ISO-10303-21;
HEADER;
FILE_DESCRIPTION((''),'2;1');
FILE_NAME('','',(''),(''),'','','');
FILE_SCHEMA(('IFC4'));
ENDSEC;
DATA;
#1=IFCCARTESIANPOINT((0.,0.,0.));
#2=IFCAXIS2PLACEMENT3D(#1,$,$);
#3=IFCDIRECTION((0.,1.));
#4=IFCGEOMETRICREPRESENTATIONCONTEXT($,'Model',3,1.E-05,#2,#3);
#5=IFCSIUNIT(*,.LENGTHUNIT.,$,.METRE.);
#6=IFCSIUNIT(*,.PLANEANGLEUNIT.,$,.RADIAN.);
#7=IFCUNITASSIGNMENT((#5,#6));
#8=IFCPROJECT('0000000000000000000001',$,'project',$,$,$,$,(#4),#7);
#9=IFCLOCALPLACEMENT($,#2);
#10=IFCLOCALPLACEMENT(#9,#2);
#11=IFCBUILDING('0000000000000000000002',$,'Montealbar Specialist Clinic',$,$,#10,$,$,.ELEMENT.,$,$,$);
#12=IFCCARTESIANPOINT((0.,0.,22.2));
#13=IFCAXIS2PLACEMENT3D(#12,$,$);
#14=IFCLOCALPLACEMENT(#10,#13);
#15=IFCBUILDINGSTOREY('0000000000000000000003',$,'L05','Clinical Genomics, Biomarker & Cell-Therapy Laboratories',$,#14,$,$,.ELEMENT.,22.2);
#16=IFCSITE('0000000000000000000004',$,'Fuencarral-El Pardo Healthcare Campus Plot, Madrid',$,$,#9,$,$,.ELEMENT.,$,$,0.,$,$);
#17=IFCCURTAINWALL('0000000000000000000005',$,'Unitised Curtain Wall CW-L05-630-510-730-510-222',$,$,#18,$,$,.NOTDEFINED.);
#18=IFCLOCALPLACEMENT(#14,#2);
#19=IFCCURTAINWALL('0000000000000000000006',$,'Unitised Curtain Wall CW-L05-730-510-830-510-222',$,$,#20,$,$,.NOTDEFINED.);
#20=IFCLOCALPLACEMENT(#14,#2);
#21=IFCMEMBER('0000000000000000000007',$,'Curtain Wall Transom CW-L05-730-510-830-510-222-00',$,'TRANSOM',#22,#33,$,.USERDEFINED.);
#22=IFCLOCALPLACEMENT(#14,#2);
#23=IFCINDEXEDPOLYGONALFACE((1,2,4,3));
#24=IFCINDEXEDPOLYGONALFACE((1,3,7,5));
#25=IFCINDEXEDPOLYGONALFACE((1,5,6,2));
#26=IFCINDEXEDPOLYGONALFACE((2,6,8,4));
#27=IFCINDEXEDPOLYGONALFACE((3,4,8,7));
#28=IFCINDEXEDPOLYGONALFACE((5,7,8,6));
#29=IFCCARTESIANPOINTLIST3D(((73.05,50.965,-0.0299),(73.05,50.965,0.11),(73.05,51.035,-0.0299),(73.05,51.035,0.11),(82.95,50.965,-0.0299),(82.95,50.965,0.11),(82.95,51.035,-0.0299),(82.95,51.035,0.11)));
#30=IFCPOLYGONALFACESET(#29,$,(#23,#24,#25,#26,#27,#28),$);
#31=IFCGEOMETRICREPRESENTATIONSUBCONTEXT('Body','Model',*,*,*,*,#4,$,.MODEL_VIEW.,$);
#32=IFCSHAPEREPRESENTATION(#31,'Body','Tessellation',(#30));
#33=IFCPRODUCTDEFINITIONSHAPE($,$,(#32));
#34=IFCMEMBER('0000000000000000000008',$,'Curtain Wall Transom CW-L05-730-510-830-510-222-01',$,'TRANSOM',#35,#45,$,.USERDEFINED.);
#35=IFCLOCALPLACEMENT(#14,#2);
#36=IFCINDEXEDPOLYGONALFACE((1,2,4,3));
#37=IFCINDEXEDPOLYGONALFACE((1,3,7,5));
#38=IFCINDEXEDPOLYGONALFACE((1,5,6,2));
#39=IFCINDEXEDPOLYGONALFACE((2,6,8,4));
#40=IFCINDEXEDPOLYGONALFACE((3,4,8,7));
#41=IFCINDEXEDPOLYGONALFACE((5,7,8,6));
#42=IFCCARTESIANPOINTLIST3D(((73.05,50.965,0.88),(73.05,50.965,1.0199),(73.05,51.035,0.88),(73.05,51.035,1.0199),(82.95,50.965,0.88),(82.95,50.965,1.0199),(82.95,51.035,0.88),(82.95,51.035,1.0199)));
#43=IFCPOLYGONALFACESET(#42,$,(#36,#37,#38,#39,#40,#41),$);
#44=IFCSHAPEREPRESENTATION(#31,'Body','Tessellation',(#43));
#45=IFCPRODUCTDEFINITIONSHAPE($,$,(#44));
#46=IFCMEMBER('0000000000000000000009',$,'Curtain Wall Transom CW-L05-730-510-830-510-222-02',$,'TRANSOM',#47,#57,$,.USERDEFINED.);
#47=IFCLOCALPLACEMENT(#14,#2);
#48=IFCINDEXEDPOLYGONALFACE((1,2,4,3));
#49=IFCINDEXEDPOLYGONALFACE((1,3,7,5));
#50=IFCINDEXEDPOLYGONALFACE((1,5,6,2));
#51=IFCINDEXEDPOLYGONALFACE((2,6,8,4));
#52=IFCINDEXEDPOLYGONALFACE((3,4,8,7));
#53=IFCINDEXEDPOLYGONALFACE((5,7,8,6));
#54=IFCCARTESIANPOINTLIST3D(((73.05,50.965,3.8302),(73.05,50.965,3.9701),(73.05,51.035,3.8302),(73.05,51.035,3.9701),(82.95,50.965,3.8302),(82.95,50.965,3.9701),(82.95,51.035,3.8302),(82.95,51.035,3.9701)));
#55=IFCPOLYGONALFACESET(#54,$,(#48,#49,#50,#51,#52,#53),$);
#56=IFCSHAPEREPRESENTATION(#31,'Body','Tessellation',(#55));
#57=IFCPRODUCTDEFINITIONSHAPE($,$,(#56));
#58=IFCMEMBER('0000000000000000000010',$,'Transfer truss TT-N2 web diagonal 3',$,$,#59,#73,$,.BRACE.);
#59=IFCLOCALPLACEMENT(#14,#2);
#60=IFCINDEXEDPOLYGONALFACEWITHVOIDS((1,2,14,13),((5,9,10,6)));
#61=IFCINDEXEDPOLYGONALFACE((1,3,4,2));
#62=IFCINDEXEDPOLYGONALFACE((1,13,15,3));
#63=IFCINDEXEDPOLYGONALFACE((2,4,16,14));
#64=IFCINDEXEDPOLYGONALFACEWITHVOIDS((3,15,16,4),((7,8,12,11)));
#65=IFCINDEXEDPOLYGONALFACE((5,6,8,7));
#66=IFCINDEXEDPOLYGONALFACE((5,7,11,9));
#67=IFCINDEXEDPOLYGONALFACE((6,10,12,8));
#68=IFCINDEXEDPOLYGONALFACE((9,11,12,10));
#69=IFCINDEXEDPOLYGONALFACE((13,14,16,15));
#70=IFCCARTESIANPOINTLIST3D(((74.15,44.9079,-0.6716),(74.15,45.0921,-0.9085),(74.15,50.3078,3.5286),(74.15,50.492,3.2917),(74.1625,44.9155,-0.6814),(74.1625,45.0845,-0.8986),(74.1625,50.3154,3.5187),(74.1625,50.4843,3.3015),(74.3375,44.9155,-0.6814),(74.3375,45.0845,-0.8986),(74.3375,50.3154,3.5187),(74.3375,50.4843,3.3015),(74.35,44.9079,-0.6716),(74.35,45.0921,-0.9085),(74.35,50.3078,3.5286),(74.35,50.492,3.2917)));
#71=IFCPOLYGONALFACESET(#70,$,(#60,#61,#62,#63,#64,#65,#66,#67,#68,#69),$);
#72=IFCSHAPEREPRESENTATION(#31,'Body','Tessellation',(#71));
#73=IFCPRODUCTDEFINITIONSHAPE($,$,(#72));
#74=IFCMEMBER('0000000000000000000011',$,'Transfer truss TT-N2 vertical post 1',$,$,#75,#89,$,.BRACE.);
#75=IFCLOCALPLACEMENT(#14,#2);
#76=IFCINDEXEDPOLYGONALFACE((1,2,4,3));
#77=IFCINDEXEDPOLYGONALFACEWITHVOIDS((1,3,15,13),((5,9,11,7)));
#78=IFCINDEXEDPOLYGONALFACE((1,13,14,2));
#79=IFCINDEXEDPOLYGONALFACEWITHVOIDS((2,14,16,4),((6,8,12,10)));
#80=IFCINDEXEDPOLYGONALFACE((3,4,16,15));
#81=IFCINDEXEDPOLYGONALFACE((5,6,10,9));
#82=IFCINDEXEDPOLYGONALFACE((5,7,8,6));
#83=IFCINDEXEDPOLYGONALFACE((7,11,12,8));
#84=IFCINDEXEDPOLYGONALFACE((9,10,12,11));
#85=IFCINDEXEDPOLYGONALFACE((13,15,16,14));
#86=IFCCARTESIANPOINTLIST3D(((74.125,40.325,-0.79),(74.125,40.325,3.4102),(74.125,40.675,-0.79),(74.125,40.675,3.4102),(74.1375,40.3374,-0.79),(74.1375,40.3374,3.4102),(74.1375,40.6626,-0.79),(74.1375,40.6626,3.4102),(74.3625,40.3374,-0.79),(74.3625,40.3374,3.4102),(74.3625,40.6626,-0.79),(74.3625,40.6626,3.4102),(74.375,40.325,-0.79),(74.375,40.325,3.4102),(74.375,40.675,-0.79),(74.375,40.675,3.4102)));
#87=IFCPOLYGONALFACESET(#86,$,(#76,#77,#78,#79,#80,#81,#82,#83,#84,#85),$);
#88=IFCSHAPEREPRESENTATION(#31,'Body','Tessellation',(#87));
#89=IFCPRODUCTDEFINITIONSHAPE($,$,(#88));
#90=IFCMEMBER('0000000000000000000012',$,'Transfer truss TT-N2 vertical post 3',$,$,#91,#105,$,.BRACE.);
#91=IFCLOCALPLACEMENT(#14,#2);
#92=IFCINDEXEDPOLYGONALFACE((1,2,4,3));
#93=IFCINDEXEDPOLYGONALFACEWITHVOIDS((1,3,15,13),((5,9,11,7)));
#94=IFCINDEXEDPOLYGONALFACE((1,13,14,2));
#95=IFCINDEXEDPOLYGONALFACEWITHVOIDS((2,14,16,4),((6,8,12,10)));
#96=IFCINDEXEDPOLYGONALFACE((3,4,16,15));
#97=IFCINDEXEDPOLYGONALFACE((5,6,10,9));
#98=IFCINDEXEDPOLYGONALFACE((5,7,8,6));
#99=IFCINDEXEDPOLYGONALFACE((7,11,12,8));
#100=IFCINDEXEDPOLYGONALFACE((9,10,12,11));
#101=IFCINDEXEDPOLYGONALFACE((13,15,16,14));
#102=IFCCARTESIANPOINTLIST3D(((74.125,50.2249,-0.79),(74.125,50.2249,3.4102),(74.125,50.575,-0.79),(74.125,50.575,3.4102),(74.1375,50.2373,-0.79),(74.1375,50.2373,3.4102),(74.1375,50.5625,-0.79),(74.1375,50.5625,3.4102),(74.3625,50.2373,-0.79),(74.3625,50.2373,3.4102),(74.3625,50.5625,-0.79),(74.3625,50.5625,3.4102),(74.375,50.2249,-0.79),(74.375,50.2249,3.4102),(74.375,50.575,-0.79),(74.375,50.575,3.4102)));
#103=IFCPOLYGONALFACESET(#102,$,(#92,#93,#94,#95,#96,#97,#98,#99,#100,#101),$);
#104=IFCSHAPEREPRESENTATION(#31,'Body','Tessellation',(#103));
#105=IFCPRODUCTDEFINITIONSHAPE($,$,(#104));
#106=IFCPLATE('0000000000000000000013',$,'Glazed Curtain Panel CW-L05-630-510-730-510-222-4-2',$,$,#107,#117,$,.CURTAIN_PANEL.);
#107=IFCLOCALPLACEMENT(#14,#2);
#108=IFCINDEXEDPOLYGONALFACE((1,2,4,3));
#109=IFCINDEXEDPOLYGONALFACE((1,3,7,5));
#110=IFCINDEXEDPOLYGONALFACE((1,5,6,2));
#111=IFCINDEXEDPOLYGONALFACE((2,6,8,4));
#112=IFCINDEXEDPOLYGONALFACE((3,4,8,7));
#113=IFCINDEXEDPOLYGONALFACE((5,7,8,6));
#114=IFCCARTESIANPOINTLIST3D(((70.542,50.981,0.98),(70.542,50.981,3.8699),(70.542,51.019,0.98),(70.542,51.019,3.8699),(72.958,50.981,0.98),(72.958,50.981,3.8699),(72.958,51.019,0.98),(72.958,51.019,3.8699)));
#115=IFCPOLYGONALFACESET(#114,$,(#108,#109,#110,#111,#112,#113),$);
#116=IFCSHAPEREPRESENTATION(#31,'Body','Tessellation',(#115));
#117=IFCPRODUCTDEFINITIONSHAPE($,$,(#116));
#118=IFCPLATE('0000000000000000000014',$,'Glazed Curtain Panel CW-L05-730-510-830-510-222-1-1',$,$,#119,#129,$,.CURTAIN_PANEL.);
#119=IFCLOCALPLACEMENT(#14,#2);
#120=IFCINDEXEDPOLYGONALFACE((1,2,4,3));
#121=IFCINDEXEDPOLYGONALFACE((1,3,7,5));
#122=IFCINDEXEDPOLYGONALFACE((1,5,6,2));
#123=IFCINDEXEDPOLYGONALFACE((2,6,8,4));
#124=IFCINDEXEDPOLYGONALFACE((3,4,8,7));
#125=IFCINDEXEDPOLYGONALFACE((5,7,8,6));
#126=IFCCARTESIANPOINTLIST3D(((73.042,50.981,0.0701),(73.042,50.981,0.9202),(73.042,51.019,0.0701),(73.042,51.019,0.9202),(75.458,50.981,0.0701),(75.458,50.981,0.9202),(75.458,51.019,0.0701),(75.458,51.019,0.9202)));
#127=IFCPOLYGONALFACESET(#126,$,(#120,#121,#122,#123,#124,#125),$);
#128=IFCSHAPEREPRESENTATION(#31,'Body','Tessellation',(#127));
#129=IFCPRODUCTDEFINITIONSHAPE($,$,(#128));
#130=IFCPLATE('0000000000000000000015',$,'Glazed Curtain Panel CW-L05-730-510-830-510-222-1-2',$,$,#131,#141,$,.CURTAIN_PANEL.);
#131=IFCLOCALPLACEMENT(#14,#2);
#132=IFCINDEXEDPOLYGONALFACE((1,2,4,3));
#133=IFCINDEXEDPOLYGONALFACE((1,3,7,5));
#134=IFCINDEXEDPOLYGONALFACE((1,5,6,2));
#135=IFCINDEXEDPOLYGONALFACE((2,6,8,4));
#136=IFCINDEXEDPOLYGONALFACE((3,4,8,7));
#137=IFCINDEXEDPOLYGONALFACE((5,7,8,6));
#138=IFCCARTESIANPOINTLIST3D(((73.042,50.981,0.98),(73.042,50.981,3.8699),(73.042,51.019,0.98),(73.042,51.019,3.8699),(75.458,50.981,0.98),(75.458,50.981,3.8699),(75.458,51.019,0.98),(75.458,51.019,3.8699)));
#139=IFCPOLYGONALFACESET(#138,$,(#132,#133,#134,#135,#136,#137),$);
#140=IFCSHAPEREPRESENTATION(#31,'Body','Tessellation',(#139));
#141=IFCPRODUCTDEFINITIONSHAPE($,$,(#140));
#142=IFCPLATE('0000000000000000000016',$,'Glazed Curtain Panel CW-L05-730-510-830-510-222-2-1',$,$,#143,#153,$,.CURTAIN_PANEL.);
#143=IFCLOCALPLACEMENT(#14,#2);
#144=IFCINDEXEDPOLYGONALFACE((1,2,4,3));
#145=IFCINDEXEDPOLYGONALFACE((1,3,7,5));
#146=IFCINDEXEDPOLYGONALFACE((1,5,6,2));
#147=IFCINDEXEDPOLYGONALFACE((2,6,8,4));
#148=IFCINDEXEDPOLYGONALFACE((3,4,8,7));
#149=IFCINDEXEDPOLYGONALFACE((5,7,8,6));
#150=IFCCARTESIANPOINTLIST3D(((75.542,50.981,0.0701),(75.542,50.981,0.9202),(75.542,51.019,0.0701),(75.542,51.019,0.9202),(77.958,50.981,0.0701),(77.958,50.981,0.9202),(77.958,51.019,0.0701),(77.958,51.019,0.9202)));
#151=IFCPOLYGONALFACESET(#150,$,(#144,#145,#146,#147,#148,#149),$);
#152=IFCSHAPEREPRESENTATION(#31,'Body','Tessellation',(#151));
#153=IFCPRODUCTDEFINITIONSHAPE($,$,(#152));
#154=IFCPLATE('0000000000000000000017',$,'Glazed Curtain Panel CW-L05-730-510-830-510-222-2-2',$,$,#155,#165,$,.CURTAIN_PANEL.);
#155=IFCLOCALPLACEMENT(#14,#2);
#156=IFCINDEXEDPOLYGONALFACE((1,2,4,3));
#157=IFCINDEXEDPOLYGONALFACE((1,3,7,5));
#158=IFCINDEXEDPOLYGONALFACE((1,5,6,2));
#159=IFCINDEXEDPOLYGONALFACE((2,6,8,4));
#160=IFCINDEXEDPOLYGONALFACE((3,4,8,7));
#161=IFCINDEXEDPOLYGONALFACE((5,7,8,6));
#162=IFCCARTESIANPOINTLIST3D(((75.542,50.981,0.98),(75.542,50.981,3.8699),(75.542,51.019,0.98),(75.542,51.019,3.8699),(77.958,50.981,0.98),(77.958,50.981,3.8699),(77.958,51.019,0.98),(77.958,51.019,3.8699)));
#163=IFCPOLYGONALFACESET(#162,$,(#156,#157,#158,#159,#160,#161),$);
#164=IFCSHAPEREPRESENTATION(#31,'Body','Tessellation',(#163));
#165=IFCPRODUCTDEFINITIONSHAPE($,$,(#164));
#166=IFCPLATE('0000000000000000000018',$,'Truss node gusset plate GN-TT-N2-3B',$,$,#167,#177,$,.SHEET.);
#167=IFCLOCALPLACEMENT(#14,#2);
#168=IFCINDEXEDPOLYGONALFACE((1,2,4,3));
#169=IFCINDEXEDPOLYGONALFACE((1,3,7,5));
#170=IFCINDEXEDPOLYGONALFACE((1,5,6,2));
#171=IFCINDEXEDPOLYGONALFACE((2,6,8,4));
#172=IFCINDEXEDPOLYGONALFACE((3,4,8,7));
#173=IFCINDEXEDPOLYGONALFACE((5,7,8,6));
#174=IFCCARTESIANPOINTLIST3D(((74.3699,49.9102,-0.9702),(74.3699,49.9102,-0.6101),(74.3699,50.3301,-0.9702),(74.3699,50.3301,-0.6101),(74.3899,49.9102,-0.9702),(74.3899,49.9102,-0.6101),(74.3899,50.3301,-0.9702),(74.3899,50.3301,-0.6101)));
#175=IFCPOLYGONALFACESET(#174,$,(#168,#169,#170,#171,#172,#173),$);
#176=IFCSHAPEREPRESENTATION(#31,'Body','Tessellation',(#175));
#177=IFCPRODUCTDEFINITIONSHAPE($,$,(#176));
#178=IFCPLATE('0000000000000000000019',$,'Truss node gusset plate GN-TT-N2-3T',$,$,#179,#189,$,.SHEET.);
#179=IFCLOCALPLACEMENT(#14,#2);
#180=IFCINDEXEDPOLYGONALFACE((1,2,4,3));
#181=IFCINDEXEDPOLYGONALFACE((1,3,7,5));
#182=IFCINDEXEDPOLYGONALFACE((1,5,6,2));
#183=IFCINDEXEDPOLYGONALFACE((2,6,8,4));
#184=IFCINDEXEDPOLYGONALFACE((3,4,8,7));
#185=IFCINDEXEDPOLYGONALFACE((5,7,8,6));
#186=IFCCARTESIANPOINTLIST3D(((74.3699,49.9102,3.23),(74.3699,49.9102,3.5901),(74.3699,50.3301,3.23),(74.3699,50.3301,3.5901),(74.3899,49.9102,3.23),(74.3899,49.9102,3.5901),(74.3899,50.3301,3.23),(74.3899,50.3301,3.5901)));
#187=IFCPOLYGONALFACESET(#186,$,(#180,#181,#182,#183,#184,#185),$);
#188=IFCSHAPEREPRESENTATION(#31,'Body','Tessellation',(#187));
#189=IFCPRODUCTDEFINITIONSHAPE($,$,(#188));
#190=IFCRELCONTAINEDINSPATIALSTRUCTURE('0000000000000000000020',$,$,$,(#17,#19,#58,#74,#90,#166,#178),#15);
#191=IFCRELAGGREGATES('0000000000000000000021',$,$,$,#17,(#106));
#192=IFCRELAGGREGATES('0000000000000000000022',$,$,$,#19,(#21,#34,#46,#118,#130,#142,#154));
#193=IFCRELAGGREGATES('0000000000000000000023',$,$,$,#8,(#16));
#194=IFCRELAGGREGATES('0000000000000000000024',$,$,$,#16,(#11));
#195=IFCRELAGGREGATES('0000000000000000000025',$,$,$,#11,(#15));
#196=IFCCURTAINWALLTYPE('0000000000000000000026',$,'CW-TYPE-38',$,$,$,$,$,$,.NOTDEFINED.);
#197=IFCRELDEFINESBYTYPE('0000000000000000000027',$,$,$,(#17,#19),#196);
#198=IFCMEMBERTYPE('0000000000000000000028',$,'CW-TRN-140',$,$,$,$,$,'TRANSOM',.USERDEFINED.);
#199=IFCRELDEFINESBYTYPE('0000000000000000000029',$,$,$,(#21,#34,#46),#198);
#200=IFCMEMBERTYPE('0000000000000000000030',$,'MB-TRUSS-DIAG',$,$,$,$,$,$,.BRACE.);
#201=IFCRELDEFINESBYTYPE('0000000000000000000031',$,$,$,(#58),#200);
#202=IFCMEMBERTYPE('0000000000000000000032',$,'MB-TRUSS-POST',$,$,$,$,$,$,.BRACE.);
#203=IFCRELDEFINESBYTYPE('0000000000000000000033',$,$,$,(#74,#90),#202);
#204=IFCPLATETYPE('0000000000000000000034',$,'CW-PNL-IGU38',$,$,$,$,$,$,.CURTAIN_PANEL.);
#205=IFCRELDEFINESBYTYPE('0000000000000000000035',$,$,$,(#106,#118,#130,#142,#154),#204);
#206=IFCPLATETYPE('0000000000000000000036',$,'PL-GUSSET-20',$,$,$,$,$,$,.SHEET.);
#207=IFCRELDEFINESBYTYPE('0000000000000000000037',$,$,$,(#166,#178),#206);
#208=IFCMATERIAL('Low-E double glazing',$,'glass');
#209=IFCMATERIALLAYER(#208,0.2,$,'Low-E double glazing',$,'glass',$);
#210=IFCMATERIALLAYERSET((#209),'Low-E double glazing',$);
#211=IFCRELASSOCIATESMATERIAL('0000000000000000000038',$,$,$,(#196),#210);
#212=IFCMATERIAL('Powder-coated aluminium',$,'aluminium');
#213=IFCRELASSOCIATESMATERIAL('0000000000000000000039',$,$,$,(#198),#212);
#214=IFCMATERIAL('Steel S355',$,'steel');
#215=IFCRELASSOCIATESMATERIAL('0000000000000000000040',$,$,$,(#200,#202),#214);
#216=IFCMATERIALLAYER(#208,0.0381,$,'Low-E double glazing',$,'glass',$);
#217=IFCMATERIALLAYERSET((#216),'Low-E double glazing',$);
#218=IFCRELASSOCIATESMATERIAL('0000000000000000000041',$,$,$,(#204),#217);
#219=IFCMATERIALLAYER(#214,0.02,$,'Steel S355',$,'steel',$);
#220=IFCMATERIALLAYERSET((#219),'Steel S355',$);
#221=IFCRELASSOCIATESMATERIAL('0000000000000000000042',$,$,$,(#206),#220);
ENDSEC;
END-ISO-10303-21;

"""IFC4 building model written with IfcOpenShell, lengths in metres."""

from ifc_helpers import new_model, si_unit, direction, frame, origin, origin_2d, place, context, subcontext, project, spatial, rectangle, hollow_rectangle, extrude, material, layer, layer_set, material_profile, profile_set, type_object, element, aggregate, save


model = new_model("IFC4")

# Units and contexts
model_context = context("Model", 3, precision=1e-05, world=origin(), true_north=direction((0.0, 1.0)))
body_context = subcontext(model_context, "Body", "Model", "MODEL_VIEW")
ifc_project = project(units=[si_unit("LENGTHUNIT", "METRE"), si_unit("PLANEANGLEUNIT", "RADIAN")], contexts=[model_context])

# Site, building, storey
site_placement = place(None, origin())
site = spatial("IfcSite", under=ifc_project, at=site_placement, Name="Fuencarral-El Pardo Healthcare Campus Plot, Madrid", CompositionType="ELEMENT", RefElevation=0.0)
building_placement = place(site_placement, origin())
building = spatial("IfcBuilding", under=site, at=building_placement, Name="Montealbar Specialist Clinic", CompositionType="ELEMENT")
storey_placement = place(building_placement, frame((0.0, 0.0, 22.2)))
storey = spatial("IfcBuildingStorey", under=building, at=storey_placement, Name="L05", Description="Clinical Genomics, Biomarker & Cell-Therapy Laboratories", CompositionType="ELEMENT", Elevation=22.2)

# Shared definitions
ifc_material_1 = material(Name="Steel S355", Category="steel")

# Curtain wall
ifc_material_2 = material(Name="Low-E double glazing", Category="glass")
ifc_layer_1 = layer(ifc_material_2, 0.2, Name="Low-E double glazing", Category="glass")
ifc_layer_set_1 = layer_set([ifc_layer_1], Name="Low-E double glazing")
curtain_wall_type = type_object("IfcCurtainWallType", Name="CW-TYPE-38", PredefinedType="NOTDEFINED", material=ifc_layer_set_1)
curtain_wall_1_placement = place(storey_placement, origin())
curtain_wall_1 = element("IfcCurtainWall", 1, at=curtain_wall_1_placement, inside=storey, type_object=curtain_wall_type, Name="Unitised Curtain Wall CW-L05-630-510-730-510-222", PredefinedType="NOTDEFINED")

# Curtain wall, members
curtain_wall_2_placement = place(storey_placement, origin())
curtain_wall_2 = element("IfcCurtainWall", 2, at=curtain_wall_2_placement, inside=storey, type_object=curtain_wall_type, Name="Unitised Curtain Wall CW-L05-730-510-830-510-222", PredefinedType="NOTDEFINED")
ifc_material_3 = material(Name="Powder-coated aluminium", Category="aluminium")
ifc_material_profile_1 = material_profile(ifc_material_3, rectangle(XDim=0.0701, YDim=0.1399, at=origin_2d()), Name="ALU 70x140", Category="aluminium")
ifc_profile_set_1 = profile_set([ifc_material_profile_1], Name="Powder-coated aluminium")
member_type_1 = type_object("IfcMemberType", Name="CW-TRN-140", ElementType="TRANSOM", PredefinedType="USERDEFINED", material=ifc_profile_set_1)
member_1_placement = place(storey_placement, frame((73.05, 51.0, 0.04), z_axis=(1.0, 0.0, 0.0), x_axis=(0.0, 1.0, 0.0)))
member_1 = element("IfcMember", 3, at=member_1_placement, type_object=member_type_1, Name="Curtain Wall Transom CW-L05-730-510-830-510-222-00", ObjectType="TRANSOM", PredefinedType="USERDEFINED", context=body_context, shape_type="SweptSolid", body=[
    extrude(rectangle(XDim=0.0701, YDim=0.1399, at=origin_2d()), origin(), (0.0, 0.0, 1.0), 9.8999),
])
member_2_placement = place(storey_placement, frame((73.05, 51.0, 0.95), z_axis=(1.0, 0.0, 0.0), x_axis=(0.0, 1.0, 0.0)))
member_2 = element("IfcMember", 4, at=member_2_placement, type_object=member_type_1, Name="Curtain Wall Transom CW-L05-730-510-830-510-222-01", ObjectType="TRANSOM", PredefinedType="USERDEFINED", context=body_context, shape_type="SweptSolid", body=[
    extrude(rectangle(XDim=0.0701, YDim=0.1399, at=origin_2d()), origin(), (0.0, 0.0, 1.0), 9.8999),
])
member_3_placement = place(storey_placement, frame((73.05, 51.0, 3.9001), z_axis=(1.0, 0.0, 0.0), x_axis=(0.0, 1.0, 0.0)))
member_3 = element("IfcMember", 5, at=member_3_placement, type_object=member_type_1, Name="Curtain Wall Transom CW-L05-730-510-830-510-222-02", ObjectType="TRANSOM", PredefinedType="USERDEFINED", context=body_context, shape_type="SweptSolid", body=[
    extrude(rectangle(XDim=0.0701, YDim=0.1399, at=origin_2d()), origin(), (0.0, 0.0, 1.0), 9.8999),
])

# Members
ifc_material_profile_2 = material_profile(ifc_material_1, hollow_rectangle(XDim=0.2, YDim=0.3, WallThickness=0.0125, at=origin_2d()), Name="RHS 300x200x12.5", Category="steel")
ifc_profile_set_2 = profile_set([ifc_material_profile_2], Name="Steel S355")
member_type_2 = type_object("IfcMemberType", Name="MB-TRUSS-DIAG", PredefinedType="BRACE", material=ifc_profile_set_2)
member_4_placement = place(storey_placement, frame((74.25, 45.0, -0.79), z_axis=(0.0, 0.789333, 0.613965), x_axis=(-1.0, 0.0, 0.0)))
element("IfcMember", 6, at=member_4_placement, inside=storey, type_object=member_type_2, Name="Transfer truss TT-N2 web diagonal 3", PredefinedType="BRACE", context=body_context, shape_type="SweptSolid", body=[
    extrude(hollow_rectangle(XDim=0.2, YDim=0.3, WallThickness=0.0125, at=origin_2d()), origin(), (0.0, 0.0, 1.0), 6.8411),
])
ifc_material_profile_3 = material_profile(ifc_material_1, hollow_rectangle(XDim=0.25, YDim=0.3501, WallThickness=0.0125, at=origin_2d()), Name="RHS 350x250x12.5", Category="steel")
ifc_profile_set_3 = profile_set([ifc_material_profile_3], Name="Steel S355")
member_type_3 = type_object("IfcMemberType", Name="MB-TRUSS-POST", PredefinedType="BRACE", material=ifc_profile_set_3)
for number, where, z_axis, x_axis, name in (
    (7, (74.25, 40.5, -0.79), (0.0, 0.0, 1.0), (1.0, 0.0, 0.0), "Transfer truss TT-N2 vertical post 1"),
    (8, (74.25, 50.3999, -0.79), (0.0, 0.0, 1.0), (1.0, 0.0, 0.0), "Transfer truss TT-N2 vertical post 3"),
):
    element("IfcMember", number, at=place(storey_placement, frame(where, z_axis=z_axis, x_axis=x_axis)), inside=storey, type_object=member_type_3, Name=name, PredefinedType="BRACE", context=body_context, shape_type="SweptSolid", body=[
        extrude(hollow_rectangle(XDim=0.25, YDim=0.3501, WallThickness=0.0125, at=origin_2d()), origin(), (0.0, 0.0, 1.0), 4.2002),
    ])

# Plates
ifc_layer_2 = layer(ifc_material_2, 0.0381, Name="Low-E double glazing", Category="glass")
ifc_layer_set_2 = layer_set([ifc_layer_2], Name="Low-E double glazing")
plate_type_1 = type_object("IfcPlateType", Name="CW-PNL-IGU38", PredefinedType="CURTAIN_PANEL", material=ifc_layer_set_2)
plate_1_placement = place(storey_placement, frame((71.75, 51.0, 0.98), z_axis=(0.0, 0.0, 1.0), x_axis=(1.0, 0.0, 0.0)))
plate_1 = element("IfcPlate", 9, at=plate_1_placement, type_object=plate_type_1, Name="Glazed Curtain Panel CW-L05-630-510-730-510-222-4-2", PredefinedType="CURTAIN_PANEL", context=body_context, shape_type="SweptSolid", body=[
    extrude(rectangle(XDim=2.416, YDim=0.0381, at=origin_2d()), origin(), (0.0, 0.0, 1.0), 2.8899),
])
aggregate(curtain_wall_1, [plate_1])
plate_2_placement = place(storey_placement, frame((74.25, 51.0, 0.0701), z_axis=(0.0, 0.0, 1.0), x_axis=(1.0, 0.0, 0.0)))
plate_2 = element("IfcPlate", 10, at=plate_2_placement, type_object=plate_type_1, Name="Glazed Curtain Panel CW-L05-730-510-830-510-222-1-1", PredefinedType="CURTAIN_PANEL", context=body_context, shape_type="SweptSolid", body=[
    extrude(rectangle(XDim=2.416, YDim=0.0381, at=origin_2d()), origin(), (0.0, 0.0, 1.0), 0.8501),
])
plate_3_placement = place(storey_placement, frame((74.25, 51.0, 0.98), z_axis=(0.0, 0.0, 1.0), x_axis=(1.0, 0.0, 0.0)))
plate_3 = element("IfcPlate", 11, at=plate_3_placement, type_object=plate_type_1, Name="Glazed Curtain Panel CW-L05-730-510-830-510-222-1-2", PredefinedType="CURTAIN_PANEL", context=body_context, shape_type="SweptSolid", body=[
    extrude(rectangle(XDim=2.416, YDim=0.0381, at=origin_2d()), origin(), (0.0, 0.0, 1.0), 2.8899),
])
plate_4_placement = place(storey_placement, frame((76.75, 51.0, 0.0701), z_axis=(0.0, 0.0, 1.0), x_axis=(1.0, 0.0, 0.0)))
plate_4 = element("IfcPlate", 12, at=plate_4_placement, type_object=plate_type_1, Name="Glazed Curtain Panel CW-L05-730-510-830-510-222-2-1", PredefinedType="CURTAIN_PANEL", context=body_context, shape_type="SweptSolid", body=[
    extrude(rectangle(XDim=2.416, YDim=0.0381, at=origin_2d()), origin(), (0.0, 0.0, 1.0), 0.8501),
])
plate_5_placement = place(storey_placement, frame((76.75, 51.0, 0.98), z_axis=(0.0, 0.0, 1.0), x_axis=(1.0, 0.0, 0.0)))
plate_5 = element("IfcPlate", 13, at=plate_5_placement, type_object=plate_type_1, Name="Glazed Curtain Panel CW-L05-730-510-830-510-222-2-2", PredefinedType="CURTAIN_PANEL", context=body_context, shape_type="SweptSolid", body=[
    extrude(rectangle(XDim=2.416, YDim=0.0381, at=origin_2d()), origin(), (0.0, 0.0, 1.0), 2.8899),
])
aggregate(curtain_wall_2, [member_1, member_2, member_3, plate_2, plate_3, plate_4, plate_5])

# Plates
ifc_layer_3 = layer(ifc_material_1, 0.02, Name="Steel S355", Category="steel")
ifc_layer_set_3 = layer_set([ifc_layer_3], Name="Steel S355")
plate_type_2 = type_object("IfcPlateType", Name="PL-GUSSET-20", PredefinedType="SHEET", material=ifc_layer_set_3)
for number, where, z_axis, x_axis, name in (
    (14, (74.3799, 50.1201, -0.9702), (0.0, 0.0, 1.0), (0.0, 1.0, 0.0), "Truss node gusset plate GN-TT-N2-3B"),
    (15, (74.3799, 50.1201, 3.23), (0.0, 0.0, 1.0), (0.0, 1.0, 0.0), "Truss node gusset plate GN-TT-N2-3T"),
):
    element("IfcPlate", number, at=place(storey_placement, frame(where, z_axis=z_axis, x_axis=x_axis)), inside=storey, type_object=plate_type_2, Name=name, PredefinedType="SHEET", context=body_context, shape_type="SweptSolid", body=[
        extrude(rectangle(XDim=0.4199, YDim=0.02, at=origin_2d()), origin(), (0.0, 0.0, 1.0), 0.3601),
    ])

save(model, "model.ifc")
